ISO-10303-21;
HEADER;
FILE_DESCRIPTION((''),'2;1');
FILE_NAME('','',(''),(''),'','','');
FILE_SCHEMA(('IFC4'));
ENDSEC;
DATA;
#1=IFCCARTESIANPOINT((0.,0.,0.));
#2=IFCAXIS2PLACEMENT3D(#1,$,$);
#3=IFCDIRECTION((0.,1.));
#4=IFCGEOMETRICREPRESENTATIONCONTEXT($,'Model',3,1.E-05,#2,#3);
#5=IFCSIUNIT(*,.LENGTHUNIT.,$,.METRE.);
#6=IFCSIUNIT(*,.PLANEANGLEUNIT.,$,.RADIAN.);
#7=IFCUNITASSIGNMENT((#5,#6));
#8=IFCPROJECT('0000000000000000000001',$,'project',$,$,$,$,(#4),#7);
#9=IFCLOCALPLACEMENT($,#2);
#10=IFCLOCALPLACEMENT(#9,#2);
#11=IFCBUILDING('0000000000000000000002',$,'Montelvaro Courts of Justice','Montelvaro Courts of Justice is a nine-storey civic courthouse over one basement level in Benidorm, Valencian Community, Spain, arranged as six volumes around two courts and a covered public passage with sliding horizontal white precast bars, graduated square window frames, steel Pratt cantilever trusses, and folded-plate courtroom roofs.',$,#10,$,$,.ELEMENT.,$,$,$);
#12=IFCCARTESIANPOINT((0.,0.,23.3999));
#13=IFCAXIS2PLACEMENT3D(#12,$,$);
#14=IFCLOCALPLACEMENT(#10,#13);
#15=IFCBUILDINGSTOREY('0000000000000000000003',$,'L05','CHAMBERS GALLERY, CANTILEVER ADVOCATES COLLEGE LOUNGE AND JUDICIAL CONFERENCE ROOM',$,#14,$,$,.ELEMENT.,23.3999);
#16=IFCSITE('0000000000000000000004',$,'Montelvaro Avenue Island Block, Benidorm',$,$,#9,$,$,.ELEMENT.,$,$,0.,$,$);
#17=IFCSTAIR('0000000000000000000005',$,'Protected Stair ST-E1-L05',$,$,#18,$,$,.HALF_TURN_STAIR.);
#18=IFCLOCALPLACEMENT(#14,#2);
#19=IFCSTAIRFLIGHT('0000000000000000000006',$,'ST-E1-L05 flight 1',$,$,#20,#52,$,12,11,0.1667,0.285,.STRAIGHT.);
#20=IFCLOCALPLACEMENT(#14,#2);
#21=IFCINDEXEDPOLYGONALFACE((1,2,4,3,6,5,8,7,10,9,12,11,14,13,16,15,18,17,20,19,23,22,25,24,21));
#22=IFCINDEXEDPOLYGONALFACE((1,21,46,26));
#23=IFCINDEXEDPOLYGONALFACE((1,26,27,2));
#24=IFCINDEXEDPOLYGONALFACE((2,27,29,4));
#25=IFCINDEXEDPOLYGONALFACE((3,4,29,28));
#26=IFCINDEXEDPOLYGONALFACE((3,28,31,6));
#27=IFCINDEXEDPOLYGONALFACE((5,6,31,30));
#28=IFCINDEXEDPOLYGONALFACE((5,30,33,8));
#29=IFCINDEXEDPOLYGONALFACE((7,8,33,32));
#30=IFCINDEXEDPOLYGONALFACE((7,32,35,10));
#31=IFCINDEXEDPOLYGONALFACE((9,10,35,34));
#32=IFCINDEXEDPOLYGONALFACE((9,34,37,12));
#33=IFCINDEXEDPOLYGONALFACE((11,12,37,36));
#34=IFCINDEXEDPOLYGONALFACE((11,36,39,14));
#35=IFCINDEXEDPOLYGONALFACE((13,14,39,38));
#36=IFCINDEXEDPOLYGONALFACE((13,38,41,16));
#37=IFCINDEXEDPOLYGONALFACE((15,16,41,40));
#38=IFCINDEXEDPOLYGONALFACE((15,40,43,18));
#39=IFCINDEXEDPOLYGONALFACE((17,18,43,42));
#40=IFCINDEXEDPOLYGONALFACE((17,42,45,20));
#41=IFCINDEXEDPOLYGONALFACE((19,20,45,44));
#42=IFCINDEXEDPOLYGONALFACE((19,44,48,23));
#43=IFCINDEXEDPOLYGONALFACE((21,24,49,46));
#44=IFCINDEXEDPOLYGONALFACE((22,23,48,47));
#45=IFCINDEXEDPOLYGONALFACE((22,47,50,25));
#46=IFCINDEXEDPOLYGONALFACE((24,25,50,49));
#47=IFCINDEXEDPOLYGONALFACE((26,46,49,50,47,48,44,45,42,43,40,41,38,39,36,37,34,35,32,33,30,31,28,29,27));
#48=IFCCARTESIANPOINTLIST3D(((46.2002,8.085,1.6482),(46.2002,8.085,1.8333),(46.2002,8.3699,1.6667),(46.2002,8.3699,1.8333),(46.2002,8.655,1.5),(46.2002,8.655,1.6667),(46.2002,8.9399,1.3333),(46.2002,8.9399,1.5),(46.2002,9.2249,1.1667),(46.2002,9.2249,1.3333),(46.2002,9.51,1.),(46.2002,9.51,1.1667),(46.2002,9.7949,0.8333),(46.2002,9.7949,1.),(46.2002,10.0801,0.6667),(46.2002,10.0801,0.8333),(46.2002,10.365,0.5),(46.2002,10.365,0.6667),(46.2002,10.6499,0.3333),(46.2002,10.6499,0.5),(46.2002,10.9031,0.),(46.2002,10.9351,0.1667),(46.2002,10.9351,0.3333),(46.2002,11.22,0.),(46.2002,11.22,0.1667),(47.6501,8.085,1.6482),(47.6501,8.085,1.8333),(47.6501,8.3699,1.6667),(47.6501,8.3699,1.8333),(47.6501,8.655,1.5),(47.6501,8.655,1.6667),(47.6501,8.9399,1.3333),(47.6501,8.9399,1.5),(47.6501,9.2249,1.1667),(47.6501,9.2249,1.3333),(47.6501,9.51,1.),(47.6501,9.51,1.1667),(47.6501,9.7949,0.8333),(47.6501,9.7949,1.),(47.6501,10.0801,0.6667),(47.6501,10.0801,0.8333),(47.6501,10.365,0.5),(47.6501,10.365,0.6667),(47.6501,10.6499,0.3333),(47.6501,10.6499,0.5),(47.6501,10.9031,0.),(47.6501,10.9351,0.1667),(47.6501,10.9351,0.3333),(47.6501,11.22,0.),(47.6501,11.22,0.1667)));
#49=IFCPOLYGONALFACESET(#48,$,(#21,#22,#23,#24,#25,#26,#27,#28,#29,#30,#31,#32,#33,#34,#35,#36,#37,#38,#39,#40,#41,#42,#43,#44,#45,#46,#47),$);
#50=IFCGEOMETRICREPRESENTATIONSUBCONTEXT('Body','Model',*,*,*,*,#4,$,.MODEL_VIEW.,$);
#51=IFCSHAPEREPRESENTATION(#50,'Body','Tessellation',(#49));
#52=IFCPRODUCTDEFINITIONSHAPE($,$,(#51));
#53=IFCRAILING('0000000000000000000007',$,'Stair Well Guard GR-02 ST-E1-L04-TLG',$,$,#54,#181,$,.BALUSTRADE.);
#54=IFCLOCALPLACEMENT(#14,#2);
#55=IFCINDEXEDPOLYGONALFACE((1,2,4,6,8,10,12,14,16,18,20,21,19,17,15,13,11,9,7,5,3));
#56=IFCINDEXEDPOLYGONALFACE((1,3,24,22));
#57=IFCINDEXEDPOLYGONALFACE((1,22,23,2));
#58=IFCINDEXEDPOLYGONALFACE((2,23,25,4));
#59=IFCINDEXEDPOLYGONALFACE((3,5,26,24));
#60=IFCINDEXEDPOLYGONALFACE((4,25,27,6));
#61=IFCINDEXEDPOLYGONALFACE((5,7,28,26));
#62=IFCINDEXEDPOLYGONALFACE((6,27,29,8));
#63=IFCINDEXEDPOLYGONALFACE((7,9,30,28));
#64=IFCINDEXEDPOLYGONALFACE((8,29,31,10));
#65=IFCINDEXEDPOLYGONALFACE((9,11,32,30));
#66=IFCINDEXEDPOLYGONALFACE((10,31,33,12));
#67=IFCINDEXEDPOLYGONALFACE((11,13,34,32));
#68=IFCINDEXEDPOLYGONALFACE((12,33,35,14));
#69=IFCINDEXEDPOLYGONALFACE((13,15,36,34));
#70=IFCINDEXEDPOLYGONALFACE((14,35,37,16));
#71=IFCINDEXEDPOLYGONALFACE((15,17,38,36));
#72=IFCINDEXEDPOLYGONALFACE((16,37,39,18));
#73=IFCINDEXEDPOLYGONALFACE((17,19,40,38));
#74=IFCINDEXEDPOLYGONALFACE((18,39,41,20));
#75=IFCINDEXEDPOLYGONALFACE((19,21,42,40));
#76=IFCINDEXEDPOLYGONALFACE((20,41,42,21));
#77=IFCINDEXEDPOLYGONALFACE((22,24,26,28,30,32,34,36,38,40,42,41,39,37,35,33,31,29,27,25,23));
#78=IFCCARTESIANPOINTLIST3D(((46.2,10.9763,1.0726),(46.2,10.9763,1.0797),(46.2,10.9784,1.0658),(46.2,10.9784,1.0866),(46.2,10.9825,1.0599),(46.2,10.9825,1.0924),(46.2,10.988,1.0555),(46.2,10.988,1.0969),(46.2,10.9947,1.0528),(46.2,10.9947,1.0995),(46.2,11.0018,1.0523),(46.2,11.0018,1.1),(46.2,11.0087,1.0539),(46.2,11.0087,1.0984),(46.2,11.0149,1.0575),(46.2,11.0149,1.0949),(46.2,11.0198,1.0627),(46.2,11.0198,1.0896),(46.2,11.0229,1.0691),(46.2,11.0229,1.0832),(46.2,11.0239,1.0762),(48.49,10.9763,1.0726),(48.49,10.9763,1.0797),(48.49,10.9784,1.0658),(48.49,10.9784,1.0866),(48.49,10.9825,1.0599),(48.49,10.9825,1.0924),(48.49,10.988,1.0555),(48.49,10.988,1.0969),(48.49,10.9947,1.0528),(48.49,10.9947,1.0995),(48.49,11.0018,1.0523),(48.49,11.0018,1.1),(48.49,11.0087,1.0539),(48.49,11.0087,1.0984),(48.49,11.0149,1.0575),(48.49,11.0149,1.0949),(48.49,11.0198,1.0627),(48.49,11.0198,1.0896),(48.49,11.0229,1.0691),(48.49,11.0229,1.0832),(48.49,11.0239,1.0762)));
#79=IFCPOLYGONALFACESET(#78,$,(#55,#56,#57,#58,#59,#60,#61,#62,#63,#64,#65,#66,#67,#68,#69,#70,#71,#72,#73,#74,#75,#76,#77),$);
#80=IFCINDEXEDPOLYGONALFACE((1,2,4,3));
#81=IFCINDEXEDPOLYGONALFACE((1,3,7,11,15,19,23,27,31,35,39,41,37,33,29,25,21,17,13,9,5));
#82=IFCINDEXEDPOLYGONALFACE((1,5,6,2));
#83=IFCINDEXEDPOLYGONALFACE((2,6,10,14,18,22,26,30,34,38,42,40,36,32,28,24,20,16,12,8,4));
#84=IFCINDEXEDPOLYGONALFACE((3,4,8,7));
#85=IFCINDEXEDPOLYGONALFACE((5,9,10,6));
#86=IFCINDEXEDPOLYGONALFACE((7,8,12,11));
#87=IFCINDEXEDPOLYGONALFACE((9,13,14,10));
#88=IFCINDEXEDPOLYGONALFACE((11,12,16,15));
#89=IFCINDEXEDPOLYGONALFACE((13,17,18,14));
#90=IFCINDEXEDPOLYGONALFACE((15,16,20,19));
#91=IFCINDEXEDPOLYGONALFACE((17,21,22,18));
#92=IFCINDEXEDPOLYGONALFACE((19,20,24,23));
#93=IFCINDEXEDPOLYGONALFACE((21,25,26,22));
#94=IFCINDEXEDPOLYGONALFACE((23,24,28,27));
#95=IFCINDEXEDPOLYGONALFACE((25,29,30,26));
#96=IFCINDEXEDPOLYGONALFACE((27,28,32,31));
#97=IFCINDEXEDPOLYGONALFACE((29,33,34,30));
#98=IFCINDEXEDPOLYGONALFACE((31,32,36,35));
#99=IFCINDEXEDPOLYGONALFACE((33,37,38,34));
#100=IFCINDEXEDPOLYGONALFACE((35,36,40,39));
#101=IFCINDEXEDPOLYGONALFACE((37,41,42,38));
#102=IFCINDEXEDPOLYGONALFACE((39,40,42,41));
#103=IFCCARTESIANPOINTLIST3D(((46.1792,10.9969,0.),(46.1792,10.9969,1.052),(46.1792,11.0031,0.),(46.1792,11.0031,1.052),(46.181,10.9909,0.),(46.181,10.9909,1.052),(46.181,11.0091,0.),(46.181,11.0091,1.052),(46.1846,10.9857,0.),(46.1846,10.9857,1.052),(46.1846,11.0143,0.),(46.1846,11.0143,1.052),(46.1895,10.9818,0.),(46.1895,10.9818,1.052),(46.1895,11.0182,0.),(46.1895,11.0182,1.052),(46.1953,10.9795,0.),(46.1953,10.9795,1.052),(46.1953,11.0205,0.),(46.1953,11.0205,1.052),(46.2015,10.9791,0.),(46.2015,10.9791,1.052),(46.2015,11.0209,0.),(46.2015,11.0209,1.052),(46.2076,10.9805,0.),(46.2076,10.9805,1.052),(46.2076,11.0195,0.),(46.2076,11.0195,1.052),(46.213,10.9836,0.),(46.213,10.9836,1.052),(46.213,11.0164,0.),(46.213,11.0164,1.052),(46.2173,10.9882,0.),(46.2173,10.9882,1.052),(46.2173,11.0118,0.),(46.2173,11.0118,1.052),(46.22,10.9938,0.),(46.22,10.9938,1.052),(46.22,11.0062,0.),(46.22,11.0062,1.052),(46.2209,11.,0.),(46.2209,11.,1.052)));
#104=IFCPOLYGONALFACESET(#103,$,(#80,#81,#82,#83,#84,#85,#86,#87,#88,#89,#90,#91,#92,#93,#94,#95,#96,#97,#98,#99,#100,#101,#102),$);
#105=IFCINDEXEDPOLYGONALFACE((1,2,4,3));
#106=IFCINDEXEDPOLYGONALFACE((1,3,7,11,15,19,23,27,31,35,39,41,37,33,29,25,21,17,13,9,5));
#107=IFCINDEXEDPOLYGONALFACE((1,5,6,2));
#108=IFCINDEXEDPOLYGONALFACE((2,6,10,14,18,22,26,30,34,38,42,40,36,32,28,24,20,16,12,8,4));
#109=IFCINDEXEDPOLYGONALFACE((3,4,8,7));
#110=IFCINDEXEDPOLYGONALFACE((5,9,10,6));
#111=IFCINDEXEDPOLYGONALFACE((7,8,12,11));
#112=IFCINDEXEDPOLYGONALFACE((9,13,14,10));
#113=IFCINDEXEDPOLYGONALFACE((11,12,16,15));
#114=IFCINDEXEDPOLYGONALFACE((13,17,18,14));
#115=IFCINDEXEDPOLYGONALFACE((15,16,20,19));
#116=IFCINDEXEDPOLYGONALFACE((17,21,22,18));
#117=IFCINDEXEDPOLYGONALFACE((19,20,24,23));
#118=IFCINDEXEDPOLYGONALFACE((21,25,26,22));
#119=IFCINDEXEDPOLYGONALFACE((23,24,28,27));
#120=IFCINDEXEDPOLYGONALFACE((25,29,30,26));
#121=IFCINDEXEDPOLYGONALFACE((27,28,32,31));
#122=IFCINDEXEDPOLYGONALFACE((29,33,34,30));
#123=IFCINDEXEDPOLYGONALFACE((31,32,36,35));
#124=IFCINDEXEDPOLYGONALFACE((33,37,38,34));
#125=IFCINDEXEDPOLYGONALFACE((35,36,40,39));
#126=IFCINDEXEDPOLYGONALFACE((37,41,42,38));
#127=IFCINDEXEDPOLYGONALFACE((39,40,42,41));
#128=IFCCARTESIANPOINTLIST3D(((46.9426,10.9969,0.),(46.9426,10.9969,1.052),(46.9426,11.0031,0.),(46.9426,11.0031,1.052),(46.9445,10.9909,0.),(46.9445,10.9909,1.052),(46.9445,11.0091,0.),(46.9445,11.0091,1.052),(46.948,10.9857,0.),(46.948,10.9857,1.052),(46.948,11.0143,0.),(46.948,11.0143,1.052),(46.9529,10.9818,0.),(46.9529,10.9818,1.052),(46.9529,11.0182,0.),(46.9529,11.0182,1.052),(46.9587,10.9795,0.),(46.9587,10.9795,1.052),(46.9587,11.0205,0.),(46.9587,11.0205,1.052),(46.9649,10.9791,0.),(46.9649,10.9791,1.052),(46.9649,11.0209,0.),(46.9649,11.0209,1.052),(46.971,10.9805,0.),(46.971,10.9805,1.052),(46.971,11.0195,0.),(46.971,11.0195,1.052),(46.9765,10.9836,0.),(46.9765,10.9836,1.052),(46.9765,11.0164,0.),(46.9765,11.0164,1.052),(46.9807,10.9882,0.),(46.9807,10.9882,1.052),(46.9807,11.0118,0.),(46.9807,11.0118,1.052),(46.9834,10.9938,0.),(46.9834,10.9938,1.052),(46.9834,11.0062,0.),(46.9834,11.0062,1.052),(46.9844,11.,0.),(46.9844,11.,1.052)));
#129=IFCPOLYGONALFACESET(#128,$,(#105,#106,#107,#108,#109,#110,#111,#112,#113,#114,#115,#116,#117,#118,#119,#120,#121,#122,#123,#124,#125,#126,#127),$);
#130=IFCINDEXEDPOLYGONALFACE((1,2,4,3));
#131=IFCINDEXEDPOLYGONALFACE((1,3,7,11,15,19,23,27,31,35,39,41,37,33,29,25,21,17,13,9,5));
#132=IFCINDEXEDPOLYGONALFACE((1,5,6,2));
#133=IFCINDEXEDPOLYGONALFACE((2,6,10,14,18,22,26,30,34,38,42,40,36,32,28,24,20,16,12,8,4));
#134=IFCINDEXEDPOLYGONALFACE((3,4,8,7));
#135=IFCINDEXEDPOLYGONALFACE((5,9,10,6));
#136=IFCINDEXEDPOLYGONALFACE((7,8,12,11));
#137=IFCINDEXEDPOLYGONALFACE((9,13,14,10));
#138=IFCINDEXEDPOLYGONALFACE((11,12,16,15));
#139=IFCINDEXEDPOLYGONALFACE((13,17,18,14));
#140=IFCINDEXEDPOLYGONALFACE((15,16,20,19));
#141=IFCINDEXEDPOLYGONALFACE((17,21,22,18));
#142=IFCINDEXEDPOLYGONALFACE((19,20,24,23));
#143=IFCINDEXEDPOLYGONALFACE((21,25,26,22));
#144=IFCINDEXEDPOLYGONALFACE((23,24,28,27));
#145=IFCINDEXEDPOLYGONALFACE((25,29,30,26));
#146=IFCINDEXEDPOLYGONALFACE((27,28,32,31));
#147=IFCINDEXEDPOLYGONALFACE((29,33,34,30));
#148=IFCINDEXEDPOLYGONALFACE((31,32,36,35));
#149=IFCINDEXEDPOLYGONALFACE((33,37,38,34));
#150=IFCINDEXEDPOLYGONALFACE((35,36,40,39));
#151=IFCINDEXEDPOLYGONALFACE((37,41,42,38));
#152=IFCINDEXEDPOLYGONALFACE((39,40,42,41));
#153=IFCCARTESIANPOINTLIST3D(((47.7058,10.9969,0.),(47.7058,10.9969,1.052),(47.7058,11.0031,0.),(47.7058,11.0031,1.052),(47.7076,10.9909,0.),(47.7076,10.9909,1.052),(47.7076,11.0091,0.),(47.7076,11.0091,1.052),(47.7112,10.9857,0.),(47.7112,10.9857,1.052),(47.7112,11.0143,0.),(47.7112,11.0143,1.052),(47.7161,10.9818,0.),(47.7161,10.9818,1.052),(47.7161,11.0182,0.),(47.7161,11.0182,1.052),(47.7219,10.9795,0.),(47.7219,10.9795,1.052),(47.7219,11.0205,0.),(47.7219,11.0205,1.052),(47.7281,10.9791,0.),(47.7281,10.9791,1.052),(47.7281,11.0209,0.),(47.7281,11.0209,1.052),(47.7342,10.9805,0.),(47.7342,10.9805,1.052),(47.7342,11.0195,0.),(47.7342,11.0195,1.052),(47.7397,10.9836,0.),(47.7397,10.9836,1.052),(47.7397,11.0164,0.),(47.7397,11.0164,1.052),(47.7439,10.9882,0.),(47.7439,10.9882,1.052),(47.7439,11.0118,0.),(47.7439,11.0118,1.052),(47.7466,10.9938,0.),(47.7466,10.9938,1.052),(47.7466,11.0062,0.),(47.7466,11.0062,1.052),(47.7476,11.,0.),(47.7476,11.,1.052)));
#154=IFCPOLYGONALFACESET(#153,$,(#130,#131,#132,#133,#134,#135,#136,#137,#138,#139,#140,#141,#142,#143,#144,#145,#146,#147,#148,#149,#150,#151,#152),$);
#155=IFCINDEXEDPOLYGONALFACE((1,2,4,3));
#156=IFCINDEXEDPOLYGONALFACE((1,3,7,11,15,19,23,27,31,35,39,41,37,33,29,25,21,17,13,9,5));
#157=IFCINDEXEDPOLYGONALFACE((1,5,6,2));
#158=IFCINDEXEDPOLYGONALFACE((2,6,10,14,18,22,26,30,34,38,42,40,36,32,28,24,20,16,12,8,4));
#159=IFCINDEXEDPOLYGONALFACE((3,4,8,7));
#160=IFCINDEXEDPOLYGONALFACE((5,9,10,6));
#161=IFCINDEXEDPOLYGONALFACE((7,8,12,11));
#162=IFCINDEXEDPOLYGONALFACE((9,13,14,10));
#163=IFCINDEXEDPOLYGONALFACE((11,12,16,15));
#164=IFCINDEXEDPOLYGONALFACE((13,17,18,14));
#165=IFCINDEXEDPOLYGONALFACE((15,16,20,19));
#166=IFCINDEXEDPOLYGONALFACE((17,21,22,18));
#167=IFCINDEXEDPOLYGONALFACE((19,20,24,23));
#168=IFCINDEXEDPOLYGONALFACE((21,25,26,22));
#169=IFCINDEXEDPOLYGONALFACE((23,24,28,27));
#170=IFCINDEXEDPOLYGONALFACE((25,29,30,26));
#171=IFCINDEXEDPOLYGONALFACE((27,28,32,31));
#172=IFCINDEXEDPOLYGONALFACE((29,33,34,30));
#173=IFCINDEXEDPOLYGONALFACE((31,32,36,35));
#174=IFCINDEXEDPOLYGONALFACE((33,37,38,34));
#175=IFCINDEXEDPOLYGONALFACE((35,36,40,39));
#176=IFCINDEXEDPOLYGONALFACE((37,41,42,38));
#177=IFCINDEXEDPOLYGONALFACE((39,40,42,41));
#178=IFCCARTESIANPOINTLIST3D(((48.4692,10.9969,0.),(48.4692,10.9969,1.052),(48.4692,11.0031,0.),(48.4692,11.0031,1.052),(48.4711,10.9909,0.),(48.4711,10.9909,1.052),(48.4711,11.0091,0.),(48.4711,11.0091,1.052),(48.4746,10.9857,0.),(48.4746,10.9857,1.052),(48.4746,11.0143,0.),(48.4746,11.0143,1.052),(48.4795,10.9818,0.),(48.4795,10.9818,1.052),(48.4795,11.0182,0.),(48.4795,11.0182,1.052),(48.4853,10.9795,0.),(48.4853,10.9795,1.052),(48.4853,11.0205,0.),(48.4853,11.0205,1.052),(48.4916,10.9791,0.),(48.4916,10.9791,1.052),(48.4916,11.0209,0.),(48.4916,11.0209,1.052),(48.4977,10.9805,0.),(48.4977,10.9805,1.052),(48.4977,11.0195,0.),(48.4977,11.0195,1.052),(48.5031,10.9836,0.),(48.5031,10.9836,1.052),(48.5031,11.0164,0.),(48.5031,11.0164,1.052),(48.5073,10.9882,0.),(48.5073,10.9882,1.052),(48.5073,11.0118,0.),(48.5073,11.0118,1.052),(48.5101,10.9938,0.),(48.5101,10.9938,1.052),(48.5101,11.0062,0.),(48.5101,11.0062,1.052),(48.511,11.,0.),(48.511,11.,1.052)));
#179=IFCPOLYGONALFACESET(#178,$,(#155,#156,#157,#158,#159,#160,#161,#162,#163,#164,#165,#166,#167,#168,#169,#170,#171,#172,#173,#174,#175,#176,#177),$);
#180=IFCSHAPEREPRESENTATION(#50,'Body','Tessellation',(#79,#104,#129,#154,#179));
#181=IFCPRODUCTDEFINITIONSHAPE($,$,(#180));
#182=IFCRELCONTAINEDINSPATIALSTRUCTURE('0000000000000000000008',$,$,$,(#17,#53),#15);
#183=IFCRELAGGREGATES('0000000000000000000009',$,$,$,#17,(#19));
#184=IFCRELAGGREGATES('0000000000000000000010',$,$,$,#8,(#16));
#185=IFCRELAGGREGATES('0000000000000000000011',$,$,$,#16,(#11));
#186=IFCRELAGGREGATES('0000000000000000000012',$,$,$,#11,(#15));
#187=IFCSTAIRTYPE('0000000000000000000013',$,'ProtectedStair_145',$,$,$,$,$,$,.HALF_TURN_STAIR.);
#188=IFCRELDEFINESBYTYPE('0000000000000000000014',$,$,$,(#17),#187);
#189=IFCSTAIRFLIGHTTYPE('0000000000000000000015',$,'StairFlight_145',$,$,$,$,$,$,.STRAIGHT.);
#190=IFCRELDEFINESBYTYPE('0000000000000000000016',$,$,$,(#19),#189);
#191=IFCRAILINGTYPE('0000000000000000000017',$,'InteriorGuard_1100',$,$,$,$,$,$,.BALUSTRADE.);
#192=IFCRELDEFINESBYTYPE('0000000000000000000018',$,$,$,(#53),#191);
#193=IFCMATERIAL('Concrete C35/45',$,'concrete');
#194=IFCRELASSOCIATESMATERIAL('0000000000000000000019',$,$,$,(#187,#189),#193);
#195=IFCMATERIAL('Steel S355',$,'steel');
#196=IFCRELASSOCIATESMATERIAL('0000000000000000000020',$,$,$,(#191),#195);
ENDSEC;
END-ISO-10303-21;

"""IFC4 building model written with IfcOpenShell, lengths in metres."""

from ifc_helpers import new_model, si_unit, direction, frame, origin, origin_2d, place, context, subcontext, project, spatial, polyline, circle, outline, extrude, material, type_object, element, aggregate, save


model = new_model("IFC4")

# Units and contexts
model_context = context("Model", 3, precision=1e-05, world=origin(), true_north=direction((0.0, 1.0)))
body_context = subcontext(model_context, "Body", "Model", "MODEL_VIEW")
ifc_project = project(units=[si_unit("LENGTHUNIT", "METRE"), si_unit("PLANEANGLEUNIT", "RADIAN")], contexts=[model_context])

# Site, building, storey
site_placement = place(None, origin())
site = spatial("IfcSite", under=ifc_project, at=site_placement, Name="Montelvaro Avenue Island Block, Benidorm", CompositionType="ELEMENT", RefElevation=0.0)
building_placement = place(site_placement, origin())
building = spatial("IfcBuilding", under=site, at=building_placement, Name="Montelvaro Courts of Justice", Description="Montelvaro Courts of Justice is a nine-storey civic courthouse over one basement level in Benidorm, Valencian Community, Spain, arranged as six volumes around two courts and a covered public passage with sliding horizontal white precast bars, graduated square window frames, steel Pratt cantilever trusses, and folded-plate courtroom roofs.", CompositionType="ELEMENT")
storey_placement = place(building_placement, frame((0.0, 0.0, 23.3999)))
storey = spatial("IfcBuildingStorey", under=building, at=storey_placement, Name="L05", Description="CHAMBERS GALLERY, CANTILEVER ADVOCATES COLLEGE LOUNGE AND JUDICIAL CONFERENCE ROOM", CompositionType="ELEMENT", Elevation=23.3999)

# Shared definitions
ifc_material_1 = material(Name="Steel S355", Category="steel")

# Shared definitions
ifc_material_2 = material(Name="Concrete C35/45", Category="concrete")

# Stair, stair flight
stair_type = type_object("IfcStairType", Name="ProtectedStair_145", PredefinedType="HALF_TURN_STAIR", material=ifc_material_2)
stair_placement = place(storey_placement, origin())
stair = element("IfcStair", 1, at=stair_placement, inside=storey, type_object=stair_type, Name="Protected Stair ST-E1-L05", PredefinedType="HALF_TURN_STAIR")
stair_flight_type = type_object("IfcStairFlightType", Name="StairFlight_145", PredefinedType="STRAIGHT", material=ifc_material_2)
stair_flight_placement = place(storey_placement, frame((46.925, 11.22, 0.0), z_axis=(0.0, 0.0, 1.0), x_axis=(0.0, -1.0, 0.0)))
stair_flight = element("IfcStairFlight", 2, at=stair_flight_placement, type_object=stair_flight_type, Name="ST-E1-L05 flight 1", NumberOfRisers=12, NumberOfTreads=11, PredefinedType="STRAIGHT", RiserHeight=0.1667, TreadLength=0.285, context=body_context, shape_type="SweptSolid", body=[
    extrude(outline(polyline([(0.0, 0.0), (0.0, 0.1667), (0.2849, 0.1667), (0.2849, 0.3333), (0.5701, 0.3333), (0.5701, 0.5), (0.855, 0.5), (0.855, 0.6667), (1.1399, 0.6667), (1.1399, 0.8333), (1.425, 0.8333), (1.425, 1.0), (1.71, 1.0), (1.71, 1.1667), (1.9951, 1.1667), (1.9951, 1.3333), (2.28, 1.3333), (2.28, 1.5), (2.5649, 1.5), (2.5649, 1.6667), (2.8501, 1.6667), (2.8501, 1.8333), (3.135, 1.8333), (3.135, 2.0), (3.135, 1.6482), (0.3169, 0.0), (0.0, 0.0)])), frame((0.0, 0.7251, 0.0), z_axis=(0.0, -1.0, 0.0), x_axis=(1.0, 0.0, 0.0)), (0.0, 0.0, 1.0), 1.45),
])
aggregate(stair, [stair_flight])

# Railing
railing_type_1 = type_object("IfcRailingType", Name="InteriorGuard_1100", PredefinedType="BALUSTRADE", material=ifc_material_1)
railing_1_placement = place(storey_placement, frame((46.2, 11.0, 0.0)))
element("IfcRailing", 3, at=railing_1_placement, inside=storey, type_object=railing_type_1, Name="Stair Well Guard GR-02 ST-E1-L04-TLG", PredefinedType="BALUSTRADE", context=body_context, shape_type="SweptSolid", body=[
    extrude(circle(Radius=0.0239, at=origin_2d()), frame((0.0, 0.0, 1.0762), z_axis=(1.0, 0.0, 0.0), x_axis=(0.0, 1.0, 0.0)), (0.0, 0.0, 1.0), 2.29),
    extrude(circle(Radius=0.021, at=origin_2d()), origin(), (0.0, 0.0, 1.0), 1.052),
    extrude(circle(Radius=0.021, at=origin_2d()), frame((0.7634, 0.0, 0.0)), (0.0, 0.0, 1.0), 1.052),
    extrude(circle(Radius=0.021, at=origin_2d()), frame((1.5266, 0.0, 0.0)), (0.0, 0.0, 1.0), 1.052),
    extrude(circle(Radius=0.021, at=origin_2d()), frame((2.29, 0.0, 0.0)), (0.0, 0.0, 1.0), 1.052),
])

save(model, "model.ifc")
